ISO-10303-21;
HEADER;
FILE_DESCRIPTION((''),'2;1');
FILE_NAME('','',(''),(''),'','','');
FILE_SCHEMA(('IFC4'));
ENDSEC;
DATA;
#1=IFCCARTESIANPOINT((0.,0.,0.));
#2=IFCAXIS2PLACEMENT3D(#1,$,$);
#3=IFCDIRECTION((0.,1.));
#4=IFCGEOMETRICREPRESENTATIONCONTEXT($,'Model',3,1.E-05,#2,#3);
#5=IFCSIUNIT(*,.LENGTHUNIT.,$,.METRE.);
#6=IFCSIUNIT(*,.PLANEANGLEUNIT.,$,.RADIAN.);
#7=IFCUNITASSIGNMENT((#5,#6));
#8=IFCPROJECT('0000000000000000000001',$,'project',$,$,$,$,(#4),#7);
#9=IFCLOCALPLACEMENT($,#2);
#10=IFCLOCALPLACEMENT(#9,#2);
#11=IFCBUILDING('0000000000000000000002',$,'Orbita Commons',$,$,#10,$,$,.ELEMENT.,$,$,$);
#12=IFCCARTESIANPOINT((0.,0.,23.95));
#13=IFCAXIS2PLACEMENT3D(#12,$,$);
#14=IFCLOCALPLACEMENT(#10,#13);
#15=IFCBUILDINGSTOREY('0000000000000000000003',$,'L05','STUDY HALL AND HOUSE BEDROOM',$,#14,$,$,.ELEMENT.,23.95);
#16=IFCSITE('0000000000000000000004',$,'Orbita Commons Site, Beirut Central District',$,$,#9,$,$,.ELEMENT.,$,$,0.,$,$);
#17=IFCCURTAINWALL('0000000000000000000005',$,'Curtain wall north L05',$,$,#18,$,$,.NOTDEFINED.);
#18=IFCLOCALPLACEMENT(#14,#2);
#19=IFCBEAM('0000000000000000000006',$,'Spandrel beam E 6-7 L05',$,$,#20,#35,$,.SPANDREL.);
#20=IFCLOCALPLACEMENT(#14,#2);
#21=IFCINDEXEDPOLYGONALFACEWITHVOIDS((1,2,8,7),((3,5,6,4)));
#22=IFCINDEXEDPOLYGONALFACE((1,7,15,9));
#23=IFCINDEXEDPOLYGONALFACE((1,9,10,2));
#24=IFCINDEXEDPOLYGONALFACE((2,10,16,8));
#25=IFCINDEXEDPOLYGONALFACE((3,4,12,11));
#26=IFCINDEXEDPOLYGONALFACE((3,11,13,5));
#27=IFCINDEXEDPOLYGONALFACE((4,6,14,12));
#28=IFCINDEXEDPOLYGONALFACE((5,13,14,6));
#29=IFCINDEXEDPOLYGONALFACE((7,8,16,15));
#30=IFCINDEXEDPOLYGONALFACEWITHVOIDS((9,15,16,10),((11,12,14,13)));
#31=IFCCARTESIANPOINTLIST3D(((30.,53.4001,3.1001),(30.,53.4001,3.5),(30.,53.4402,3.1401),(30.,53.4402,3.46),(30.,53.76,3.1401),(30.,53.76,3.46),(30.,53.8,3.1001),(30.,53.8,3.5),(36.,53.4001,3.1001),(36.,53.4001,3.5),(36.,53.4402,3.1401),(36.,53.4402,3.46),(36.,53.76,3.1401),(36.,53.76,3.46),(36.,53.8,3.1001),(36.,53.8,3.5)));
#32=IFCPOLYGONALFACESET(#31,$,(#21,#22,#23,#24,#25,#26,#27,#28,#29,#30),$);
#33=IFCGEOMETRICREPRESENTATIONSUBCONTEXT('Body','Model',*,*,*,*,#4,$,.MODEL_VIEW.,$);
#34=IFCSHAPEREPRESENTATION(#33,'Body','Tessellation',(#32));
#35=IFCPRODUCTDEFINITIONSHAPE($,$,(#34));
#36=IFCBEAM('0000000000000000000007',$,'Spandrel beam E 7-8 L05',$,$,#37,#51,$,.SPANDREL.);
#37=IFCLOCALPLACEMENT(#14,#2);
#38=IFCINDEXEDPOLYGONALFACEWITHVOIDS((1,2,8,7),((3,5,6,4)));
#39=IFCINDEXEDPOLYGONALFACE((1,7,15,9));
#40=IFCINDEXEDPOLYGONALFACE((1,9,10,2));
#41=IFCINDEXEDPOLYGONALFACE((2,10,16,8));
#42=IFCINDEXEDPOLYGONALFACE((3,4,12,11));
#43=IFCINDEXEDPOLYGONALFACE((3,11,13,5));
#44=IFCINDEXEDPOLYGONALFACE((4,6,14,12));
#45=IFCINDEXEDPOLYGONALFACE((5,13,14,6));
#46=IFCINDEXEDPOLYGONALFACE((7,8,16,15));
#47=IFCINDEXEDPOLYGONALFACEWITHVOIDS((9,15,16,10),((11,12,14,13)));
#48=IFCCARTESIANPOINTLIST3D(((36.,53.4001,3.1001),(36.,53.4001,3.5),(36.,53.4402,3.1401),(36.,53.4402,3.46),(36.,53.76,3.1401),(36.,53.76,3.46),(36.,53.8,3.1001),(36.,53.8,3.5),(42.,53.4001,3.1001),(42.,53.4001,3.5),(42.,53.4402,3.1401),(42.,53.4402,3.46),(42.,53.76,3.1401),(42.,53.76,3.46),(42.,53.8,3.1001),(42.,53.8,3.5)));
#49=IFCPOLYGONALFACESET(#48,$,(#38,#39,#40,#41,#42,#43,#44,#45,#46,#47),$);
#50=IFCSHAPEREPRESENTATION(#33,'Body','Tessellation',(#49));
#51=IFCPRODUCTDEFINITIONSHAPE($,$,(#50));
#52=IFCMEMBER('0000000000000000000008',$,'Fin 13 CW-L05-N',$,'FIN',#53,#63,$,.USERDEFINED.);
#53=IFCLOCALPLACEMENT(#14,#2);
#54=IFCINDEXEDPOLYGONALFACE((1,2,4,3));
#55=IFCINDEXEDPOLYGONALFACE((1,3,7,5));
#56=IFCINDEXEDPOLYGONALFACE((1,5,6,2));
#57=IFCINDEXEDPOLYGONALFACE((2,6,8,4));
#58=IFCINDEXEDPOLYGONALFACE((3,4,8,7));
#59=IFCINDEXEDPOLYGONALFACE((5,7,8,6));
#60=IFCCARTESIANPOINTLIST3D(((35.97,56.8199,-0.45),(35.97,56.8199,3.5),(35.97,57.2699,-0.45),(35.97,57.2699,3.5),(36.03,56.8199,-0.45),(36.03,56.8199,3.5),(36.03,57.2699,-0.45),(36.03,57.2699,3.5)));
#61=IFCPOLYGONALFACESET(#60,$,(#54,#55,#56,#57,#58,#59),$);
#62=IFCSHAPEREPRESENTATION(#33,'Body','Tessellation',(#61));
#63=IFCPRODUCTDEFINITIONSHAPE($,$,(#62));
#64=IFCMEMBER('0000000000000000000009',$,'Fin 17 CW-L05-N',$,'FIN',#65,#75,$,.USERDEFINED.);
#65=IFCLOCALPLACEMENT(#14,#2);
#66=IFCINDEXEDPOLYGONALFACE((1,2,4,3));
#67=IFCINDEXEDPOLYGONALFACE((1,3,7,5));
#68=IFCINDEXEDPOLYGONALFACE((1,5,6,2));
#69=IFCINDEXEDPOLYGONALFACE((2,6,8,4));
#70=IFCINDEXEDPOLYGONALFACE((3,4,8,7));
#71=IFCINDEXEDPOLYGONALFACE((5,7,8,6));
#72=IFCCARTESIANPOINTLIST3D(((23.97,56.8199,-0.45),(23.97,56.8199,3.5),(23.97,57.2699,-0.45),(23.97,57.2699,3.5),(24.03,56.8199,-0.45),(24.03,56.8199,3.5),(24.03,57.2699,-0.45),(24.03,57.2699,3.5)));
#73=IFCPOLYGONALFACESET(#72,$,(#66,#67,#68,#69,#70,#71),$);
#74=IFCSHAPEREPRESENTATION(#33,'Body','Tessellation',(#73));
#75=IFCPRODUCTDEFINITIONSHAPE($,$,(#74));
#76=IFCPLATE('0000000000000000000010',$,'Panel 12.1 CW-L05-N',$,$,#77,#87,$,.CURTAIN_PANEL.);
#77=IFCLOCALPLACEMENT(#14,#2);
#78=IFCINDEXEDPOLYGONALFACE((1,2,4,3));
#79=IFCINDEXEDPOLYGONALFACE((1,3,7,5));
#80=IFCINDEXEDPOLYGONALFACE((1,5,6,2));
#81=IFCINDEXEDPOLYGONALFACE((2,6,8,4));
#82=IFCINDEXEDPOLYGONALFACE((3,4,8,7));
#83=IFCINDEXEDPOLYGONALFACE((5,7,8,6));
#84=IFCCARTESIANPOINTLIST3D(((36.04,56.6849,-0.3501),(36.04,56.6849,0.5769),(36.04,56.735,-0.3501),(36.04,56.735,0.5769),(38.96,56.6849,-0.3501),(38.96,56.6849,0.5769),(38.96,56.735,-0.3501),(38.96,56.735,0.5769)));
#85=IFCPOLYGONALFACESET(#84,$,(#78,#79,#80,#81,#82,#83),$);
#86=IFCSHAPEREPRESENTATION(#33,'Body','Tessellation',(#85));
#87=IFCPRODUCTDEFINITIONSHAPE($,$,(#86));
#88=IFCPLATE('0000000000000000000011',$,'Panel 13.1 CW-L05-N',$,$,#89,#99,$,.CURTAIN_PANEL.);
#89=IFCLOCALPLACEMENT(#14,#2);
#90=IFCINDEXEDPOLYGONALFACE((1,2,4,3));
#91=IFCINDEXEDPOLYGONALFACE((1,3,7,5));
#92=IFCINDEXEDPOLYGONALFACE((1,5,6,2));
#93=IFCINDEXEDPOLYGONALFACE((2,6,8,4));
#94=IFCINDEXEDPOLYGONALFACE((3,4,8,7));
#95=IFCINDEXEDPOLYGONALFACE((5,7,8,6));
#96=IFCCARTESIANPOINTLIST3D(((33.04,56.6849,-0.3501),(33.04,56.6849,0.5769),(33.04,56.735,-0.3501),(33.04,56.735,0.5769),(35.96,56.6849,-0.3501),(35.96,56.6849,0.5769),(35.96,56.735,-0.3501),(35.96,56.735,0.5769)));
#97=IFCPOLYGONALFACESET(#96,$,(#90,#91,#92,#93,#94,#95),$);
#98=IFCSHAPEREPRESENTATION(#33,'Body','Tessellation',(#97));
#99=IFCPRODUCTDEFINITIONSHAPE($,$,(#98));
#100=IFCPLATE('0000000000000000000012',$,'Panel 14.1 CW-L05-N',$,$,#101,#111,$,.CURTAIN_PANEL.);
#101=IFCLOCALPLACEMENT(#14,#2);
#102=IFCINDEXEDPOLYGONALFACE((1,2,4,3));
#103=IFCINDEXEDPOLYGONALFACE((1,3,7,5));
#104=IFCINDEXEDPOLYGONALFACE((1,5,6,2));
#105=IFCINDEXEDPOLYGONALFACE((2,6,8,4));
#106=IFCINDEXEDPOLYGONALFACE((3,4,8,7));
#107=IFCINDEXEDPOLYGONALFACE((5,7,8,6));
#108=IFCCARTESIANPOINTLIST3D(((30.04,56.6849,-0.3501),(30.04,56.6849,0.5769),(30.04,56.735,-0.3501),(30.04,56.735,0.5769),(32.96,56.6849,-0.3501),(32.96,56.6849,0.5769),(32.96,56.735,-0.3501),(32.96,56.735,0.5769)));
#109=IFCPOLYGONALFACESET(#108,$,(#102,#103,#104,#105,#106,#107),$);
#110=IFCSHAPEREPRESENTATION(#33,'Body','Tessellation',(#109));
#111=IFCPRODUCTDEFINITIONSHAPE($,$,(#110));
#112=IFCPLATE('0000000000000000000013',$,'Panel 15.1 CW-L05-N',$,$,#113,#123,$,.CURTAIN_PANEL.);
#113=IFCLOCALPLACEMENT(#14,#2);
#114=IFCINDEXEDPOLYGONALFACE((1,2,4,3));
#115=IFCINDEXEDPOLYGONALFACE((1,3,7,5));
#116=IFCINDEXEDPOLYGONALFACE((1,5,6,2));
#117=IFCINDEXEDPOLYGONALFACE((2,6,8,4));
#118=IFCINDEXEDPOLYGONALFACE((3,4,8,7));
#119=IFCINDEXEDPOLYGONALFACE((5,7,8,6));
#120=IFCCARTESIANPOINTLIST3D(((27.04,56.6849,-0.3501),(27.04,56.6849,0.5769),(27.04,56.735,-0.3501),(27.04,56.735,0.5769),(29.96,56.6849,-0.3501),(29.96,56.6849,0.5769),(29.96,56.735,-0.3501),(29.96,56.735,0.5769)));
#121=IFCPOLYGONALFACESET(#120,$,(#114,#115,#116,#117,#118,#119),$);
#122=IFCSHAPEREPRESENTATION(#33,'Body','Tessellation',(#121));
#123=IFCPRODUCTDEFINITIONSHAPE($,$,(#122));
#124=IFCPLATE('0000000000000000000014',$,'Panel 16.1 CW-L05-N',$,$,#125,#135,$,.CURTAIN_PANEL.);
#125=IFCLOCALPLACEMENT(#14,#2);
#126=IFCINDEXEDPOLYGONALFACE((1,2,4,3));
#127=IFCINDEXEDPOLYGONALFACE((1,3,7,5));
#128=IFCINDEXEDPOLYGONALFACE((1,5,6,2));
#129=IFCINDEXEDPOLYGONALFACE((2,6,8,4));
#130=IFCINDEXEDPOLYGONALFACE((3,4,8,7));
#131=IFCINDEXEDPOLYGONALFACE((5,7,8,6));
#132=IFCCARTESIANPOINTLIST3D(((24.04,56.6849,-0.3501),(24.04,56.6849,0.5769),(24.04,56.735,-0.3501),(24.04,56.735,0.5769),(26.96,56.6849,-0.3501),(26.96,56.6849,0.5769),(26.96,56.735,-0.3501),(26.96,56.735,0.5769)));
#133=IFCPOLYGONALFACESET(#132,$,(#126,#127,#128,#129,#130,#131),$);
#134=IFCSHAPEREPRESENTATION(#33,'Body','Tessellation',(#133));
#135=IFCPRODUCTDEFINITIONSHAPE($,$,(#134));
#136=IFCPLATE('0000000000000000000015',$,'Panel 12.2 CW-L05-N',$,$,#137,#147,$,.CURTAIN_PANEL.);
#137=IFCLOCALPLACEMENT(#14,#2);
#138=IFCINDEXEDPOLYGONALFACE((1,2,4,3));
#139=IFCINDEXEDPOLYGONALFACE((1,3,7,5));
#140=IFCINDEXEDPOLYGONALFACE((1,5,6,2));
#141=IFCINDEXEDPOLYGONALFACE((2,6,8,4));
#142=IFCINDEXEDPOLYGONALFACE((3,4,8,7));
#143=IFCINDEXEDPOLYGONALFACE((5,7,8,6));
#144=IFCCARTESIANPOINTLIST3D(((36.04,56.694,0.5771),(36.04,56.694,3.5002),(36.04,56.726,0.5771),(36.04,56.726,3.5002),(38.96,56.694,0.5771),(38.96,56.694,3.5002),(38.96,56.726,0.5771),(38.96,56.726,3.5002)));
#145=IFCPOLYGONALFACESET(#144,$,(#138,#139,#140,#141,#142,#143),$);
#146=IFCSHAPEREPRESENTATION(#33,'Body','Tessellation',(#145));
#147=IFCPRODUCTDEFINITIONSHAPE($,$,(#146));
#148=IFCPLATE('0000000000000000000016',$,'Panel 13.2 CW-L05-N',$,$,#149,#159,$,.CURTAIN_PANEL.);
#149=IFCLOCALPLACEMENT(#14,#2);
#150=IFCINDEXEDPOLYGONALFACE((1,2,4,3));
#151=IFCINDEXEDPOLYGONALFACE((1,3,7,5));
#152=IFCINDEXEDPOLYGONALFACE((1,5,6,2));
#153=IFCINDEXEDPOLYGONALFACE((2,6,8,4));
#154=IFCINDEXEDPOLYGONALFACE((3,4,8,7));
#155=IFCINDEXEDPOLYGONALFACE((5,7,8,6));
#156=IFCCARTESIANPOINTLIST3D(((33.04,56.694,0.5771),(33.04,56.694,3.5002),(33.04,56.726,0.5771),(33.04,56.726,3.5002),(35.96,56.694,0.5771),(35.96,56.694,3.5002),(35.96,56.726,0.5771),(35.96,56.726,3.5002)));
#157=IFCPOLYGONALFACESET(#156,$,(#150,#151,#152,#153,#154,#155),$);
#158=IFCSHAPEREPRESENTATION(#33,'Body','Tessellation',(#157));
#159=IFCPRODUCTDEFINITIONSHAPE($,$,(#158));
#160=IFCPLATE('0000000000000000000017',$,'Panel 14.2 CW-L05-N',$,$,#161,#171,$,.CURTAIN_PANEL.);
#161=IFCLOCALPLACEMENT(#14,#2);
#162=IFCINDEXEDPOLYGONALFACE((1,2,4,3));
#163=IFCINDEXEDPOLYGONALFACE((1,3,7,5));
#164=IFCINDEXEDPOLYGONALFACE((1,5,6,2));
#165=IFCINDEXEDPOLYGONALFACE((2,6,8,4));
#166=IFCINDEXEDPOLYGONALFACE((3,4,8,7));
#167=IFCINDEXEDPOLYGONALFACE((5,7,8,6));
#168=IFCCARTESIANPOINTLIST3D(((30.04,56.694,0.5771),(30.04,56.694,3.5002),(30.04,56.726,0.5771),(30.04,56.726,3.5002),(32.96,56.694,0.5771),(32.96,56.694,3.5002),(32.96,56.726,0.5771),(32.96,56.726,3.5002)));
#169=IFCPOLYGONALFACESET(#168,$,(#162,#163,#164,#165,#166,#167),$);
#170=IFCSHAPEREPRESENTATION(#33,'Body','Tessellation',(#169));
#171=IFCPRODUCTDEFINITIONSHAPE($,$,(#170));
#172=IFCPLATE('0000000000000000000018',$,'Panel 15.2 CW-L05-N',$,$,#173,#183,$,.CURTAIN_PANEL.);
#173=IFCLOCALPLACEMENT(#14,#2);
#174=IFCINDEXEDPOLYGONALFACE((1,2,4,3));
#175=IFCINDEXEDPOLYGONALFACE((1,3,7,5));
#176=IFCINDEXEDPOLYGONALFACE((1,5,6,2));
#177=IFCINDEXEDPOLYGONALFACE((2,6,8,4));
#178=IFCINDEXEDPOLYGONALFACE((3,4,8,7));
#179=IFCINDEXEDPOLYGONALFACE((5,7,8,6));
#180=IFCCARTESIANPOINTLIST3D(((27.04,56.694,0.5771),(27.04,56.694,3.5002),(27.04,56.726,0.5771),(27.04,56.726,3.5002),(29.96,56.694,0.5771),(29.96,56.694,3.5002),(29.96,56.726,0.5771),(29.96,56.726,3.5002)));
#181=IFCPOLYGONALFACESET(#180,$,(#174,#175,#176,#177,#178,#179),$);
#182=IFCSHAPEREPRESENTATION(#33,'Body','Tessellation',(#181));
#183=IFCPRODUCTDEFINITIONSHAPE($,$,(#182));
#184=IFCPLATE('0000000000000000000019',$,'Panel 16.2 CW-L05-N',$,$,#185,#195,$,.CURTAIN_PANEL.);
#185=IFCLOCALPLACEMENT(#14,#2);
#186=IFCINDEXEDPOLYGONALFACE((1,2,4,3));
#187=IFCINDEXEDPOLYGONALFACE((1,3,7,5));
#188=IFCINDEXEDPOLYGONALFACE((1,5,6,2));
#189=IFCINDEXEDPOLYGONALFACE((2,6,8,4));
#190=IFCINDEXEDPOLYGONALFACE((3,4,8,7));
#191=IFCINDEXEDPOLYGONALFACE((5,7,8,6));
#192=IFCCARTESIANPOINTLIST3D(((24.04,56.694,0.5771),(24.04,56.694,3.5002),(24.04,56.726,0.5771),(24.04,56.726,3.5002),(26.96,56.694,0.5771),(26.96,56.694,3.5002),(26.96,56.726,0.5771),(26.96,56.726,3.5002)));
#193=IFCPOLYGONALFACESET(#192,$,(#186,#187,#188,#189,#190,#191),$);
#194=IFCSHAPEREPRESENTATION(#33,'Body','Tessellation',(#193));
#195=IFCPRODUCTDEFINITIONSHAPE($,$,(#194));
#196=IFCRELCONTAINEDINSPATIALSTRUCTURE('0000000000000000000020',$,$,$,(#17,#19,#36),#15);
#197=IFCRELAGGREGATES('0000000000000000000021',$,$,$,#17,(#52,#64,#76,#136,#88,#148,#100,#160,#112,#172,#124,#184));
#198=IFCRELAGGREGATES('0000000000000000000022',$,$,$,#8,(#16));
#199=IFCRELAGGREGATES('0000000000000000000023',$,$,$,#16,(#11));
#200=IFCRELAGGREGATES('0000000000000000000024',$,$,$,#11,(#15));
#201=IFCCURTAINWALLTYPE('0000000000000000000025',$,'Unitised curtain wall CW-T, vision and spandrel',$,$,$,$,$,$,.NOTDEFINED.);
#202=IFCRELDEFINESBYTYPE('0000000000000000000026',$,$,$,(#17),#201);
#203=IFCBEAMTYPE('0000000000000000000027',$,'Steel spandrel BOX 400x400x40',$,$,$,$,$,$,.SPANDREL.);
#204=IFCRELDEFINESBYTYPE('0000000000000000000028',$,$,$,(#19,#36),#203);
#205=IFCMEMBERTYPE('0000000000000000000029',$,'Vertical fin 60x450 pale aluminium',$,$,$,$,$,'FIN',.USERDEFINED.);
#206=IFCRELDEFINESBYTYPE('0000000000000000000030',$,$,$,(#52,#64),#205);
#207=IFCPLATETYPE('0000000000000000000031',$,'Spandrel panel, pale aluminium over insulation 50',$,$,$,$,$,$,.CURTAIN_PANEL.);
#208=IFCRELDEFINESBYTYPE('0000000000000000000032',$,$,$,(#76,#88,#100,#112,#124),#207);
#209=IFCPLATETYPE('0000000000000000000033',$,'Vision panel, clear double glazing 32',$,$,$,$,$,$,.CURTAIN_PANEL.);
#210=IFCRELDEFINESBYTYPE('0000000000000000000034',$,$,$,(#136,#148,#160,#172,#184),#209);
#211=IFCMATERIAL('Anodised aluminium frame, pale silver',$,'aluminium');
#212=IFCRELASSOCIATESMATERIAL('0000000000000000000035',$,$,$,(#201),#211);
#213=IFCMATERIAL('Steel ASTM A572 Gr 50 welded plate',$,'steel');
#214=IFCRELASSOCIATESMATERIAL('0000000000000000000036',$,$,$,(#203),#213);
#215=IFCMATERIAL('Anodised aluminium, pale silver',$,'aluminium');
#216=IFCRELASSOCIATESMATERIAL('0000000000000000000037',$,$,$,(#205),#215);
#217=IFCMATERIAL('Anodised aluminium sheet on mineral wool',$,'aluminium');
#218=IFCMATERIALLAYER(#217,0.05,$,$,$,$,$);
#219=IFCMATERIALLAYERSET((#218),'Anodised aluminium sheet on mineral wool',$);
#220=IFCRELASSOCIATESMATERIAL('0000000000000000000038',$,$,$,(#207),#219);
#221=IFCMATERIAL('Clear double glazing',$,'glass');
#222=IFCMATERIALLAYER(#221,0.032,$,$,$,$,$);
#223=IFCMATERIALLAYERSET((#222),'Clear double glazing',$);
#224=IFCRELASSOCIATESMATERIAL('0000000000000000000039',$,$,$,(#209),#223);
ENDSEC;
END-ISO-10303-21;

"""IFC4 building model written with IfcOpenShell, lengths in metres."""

from ifc_helpers import new_model, si_unit, direction, frame, origin, origin_2d, place, context, subcontext, project, spatial, rectangle, hollow_rectangle, extrude, material, layer, layer_set, material_profile, profile_set, type_object, element, aggregate, save


model = new_model("IFC4")

# Units and contexts
model_context = context("Model", 3, precision=1e-05, world=origin(), true_north=direction((0.0, 1.0)))
body_context = subcontext(model_context, "Body", "Model", "MODEL_VIEW")
ifc_project = project(units=[si_unit("LENGTHUNIT", "METRE"), si_unit("PLANEANGLEUNIT", "RADIAN")], contexts=[model_context])

# Site, building, storey
site_placement = place(None, origin())
site = spatial("IfcSite", under=ifc_project, at=site_placement, Name="Orbita Commons Site, Beirut Central District", CompositionType="ELEMENT", RefElevation=0.0)
building_placement = place(site_placement, origin())
building = spatial("IfcBuilding", under=site, at=building_placement, Name="Orbita Commons", CompositionType="ELEMENT")
storey_placement = place(building_placement, frame((0.0, 0.0, 23.95)))
storey = spatial("IfcBuildingStorey", under=building, at=storey_placement, Name="L05", Description="STUDY HALL AND HOUSE BEDROOM", CompositionType="ELEMENT", Elevation=23.95)

# Curtain wall
ifc_material_1 = material(Name="Anodised aluminium frame, pale silver", Category="aluminium")
curtain_wall_type = type_object("IfcCurtainWallType", Name="Unitised curtain wall CW-T, vision and spandrel", PredefinedType="NOTDEFINED", material=ifc_material_1)
curtain_wall_placement = place(storey_placement, origin())
curtain_wall = element("IfcCurtainWall", 1, at=curtain_wall_placement, inside=storey, type_object=curtain_wall_type, Name="Curtain wall north L05", PredefinedType="NOTDEFINED")

# Beams
ifc_material_2 = material(Name="Steel ASTM A572 Gr 50 welded plate", Category="steel")
ifc_material_profile_1 = material_profile(ifc_material_2, hollow_rectangle(XDim=0.3999, YDim=0.3999, WallThickness=0.04, at=origin_2d()), Name="BOX 400x400x40")
ifc_profile_set_1 = profile_set([ifc_material_profile_1], Name="Steel ASTM A572 Gr 50 welded plate")
beam_type = type_object("IfcBeamType", Name="Steel spandrel BOX 400x400x40", PredefinedType="SPANDREL", material=ifc_profile_set_1)
for number, where, z_axis, x_axis, name in (
    (2, (30.0, 53.6001, 3.3), (1.0, 0.0, 0.0), (0.0, 1.0, 0.0), "Spandrel beam E 6-7 L05"),
    (3, (36.0, 53.6001, 3.3), (1.0, 0.0, 0.0), (0.0, 1.0, 0.0), "Spandrel beam E 7-8 L05"),
):
    element("IfcBeam", number, at=place(storey_placement, frame(where, z_axis=z_axis, x_axis=x_axis)), inside=storey, type_object=beam_type, Name=name, PredefinedType="SPANDREL", context=body_context, shape_type="SweptSolid", body=[
        extrude(hollow_rectangle(XDim=0.3999, YDim=0.3999, WallThickness=0.04, at=origin_2d()), origin(), (0.0, 0.0, 1.0), 6.0),
    ])

# Members
ifc_material_3 = material(Name="Anodised aluminium, pale silver", Category="aluminium")
ifc_material_profile_2 = material_profile(ifc_material_3, rectangle(XDim=0.0601, YDim=0.45, at=origin_2d()), Name="FIN 60x450")
ifc_profile_set_2 = profile_set([ifc_material_profile_2], Name="Anodised aluminium, pale silver")
member_type_1 = type_object("IfcMemberType", Name="Vertical fin 60x450 pale aluminium", ElementType="FIN", PredefinedType="USERDEFINED", material=ifc_profile_set_2)
member_1_placement = place(storey_placement, frame((36.0, 57.0449, -0.45), z_axis=(0.0, 0.0, 1.0), x_axis=(-1.0, 0.0, 0.0)))
member_1 = element("IfcMember", 4, at=member_1_placement, type_object=member_type_1, Name="Fin 13 CW-L05-N", ObjectType="FIN", PredefinedType="USERDEFINED", context=body_context, shape_type="SweptSolid", body=[
    extrude(rectangle(XDim=0.0601, YDim=0.45, at=origin_2d()), origin(), (0.0, 0.0, 1.0), 3.95),
])
member_2_placement = place(storey_placement, frame((24.0, 57.0449, -0.45), z_axis=(0.0, 0.0, 1.0), x_axis=(-1.0, 0.0, 0.0)))
member_2 = element("IfcMember", 5, at=member_2_placement, type_object=member_type_1, Name="Fin 17 CW-L05-N", ObjectType="FIN", PredefinedType="USERDEFINED", context=body_context, shape_type="SweptSolid", body=[
    extrude(rectangle(XDim=0.0601, YDim=0.45, at=origin_2d()), origin(), (0.0, 0.0, 1.0), 3.95),
])

# Plates
ifc_material_4 = material(Name="Anodised aluminium sheet on mineral wool", Category="aluminium")
ifc_layer_1 = layer(ifc_material_4, 0.05)
ifc_layer_set_1 = layer_set([ifc_layer_1], Name="Anodised aluminium sheet on mineral wool")
plate_type_1 = type_object("IfcPlateType", Name="Spandrel panel, pale aluminium over insulation 50", PredefinedType="CURTAIN_PANEL", material=ifc_layer_set_1)
plate_1_placement = place(storey_placement, frame((37.5, 56.71, -0.3501), z_axis=(0.0, 0.0, 1.0), x_axis=(-1.0, 0.0, 0.0)))
plate_1 = element("IfcPlate", 6, at=plate_1_placement, type_object=plate_type_1, Name="Panel 12.1 CW-L05-N", PredefinedType="CURTAIN_PANEL", context=body_context, shape_type="SweptSolid", body=[
    extrude(rectangle(XDim=2.9199, YDim=0.05, at=origin_2d()), origin(), (0.0, 0.0, 1.0), 0.927),
])
plate_2_placement = place(storey_placement, frame((34.5, 56.71, -0.3501), z_axis=(0.0, 0.0, 1.0), x_axis=(-1.0, 0.0, 0.0)))
plate_2 = element("IfcPlate", 7, at=plate_2_placement, type_object=plate_type_1, Name="Panel 13.1 CW-L05-N", PredefinedType="CURTAIN_PANEL", context=body_context, shape_type="SweptSolid", body=[
    extrude(rectangle(XDim=2.9199, YDim=0.05, at=origin_2d()), origin(), (0.0, 0.0, 1.0), 0.927),
])
plate_3_placement = place(storey_placement, frame((31.5, 56.71, -0.3501), z_axis=(0.0, 0.0, 1.0), x_axis=(-1.0, 0.0, 0.0)))
plate_3 = element("IfcPlate", 8, at=plate_3_placement, type_object=plate_type_1, Name="Panel 14.1 CW-L05-N", PredefinedType="CURTAIN_PANEL", context=body_context, shape_type="SweptSolid", body=[
    extrude(rectangle(XDim=2.9199, YDim=0.05, at=origin_2d()), origin(), (0.0, 0.0, 1.0), 0.927),
])
plate_4_placement = place(storey_placement, frame((28.5, 56.71, -0.3501), z_axis=(0.0, 0.0, 1.0), x_axis=(-1.0, 0.0, 0.0)))
plate_4 = element("IfcPlate", 9, at=plate_4_placement, type_object=plate_type_1, Name="Panel 15.1 CW-L05-N", PredefinedType="CURTAIN_PANEL", context=body_context, shape_type="SweptSolid", body=[
    extrude(rectangle(XDim=2.9199, YDim=0.05, at=origin_2d()), origin(), (0.0, 0.0, 1.0), 0.927),
])
plate_5_placement = place(storey_placement, frame((25.5, 56.71, -0.3501), z_axis=(0.0, 0.0, 1.0), x_axis=(-1.0, 0.0, 0.0)))
plate_5 = element("IfcPlate", 10, at=plate_5_placement, type_object=plate_type_1, Name="Panel 16.1 CW-L05-N", PredefinedType="CURTAIN_PANEL", context=body_context, shape_type="SweptSolid", body=[
    extrude(rectangle(XDim=2.9199, YDim=0.05, at=origin_2d()), origin(), (0.0, 0.0, 1.0), 0.927),
])
ifc_material_5 = material(Name="Clear double glazing", Category="glass")
ifc_layer_2 = layer(ifc_material_5, 0.032)
ifc_layer_set_2 = layer_set([ifc_layer_2], Name="Clear double glazing")
plate_type_2 = type_object("IfcPlateType", Name="Vision panel, clear double glazing 32", PredefinedType="CURTAIN_PANEL", material=ifc_layer_set_2)
plate_6_placement = place(storey_placement, frame((37.5, 56.71, 0.5771), z_axis=(0.0, 0.0, 1.0), x_axis=(-1.0, 0.0, 0.0)))
plate_6 = element("IfcPlate", 11, at=plate_6_placement, type_object=plate_type_2, Name="Panel 12.2 CW-L05-N", PredefinedType="CURTAIN_PANEL", context=body_context, shape_type="SweptSolid", body=[
    extrude(rectangle(XDim=2.9199, YDim=0.032, at=origin_2d()), origin(), (0.0, 0.0, 1.0), 2.9231),
])
plate_7_placement = place(storey_placement, frame((34.5, 56.71, 0.5771), z_axis=(0.0, 0.0, 1.0), x_axis=(-1.0, 0.0, 0.0)))
plate_7 = element("IfcPlate", 12, at=plate_7_placement, type_object=plate_type_2, Name="Panel 13.2 CW-L05-N", PredefinedType="CURTAIN_PANEL", context=body_context, shape_type="SweptSolid", body=[
    extrude(rectangle(XDim=2.9199, YDim=0.032, at=origin_2d()), origin(), (0.0, 0.0, 1.0), 2.9231),
])
plate_8_placement = place(storey_placement, frame((31.5, 56.71, 0.5771), z_axis=(0.0, 0.0, 1.0), x_axis=(-1.0, 0.0, 0.0)))
plate_8 = element("IfcPlate", 13, at=plate_8_placement, type_object=plate_type_2, Name="Panel 14.2 CW-L05-N", PredefinedType="CURTAIN_PANEL", context=body_context, shape_type="SweptSolid", body=[
    extrude(rectangle(XDim=2.9199, YDim=0.032, at=origin_2d()), origin(), (0.0, 0.0, 1.0), 2.9231),
])
plate_9_placement = place(storey_placement, frame((28.5, 56.71, 0.5771), z_axis=(0.0, 0.0, 1.0), x_axis=(-1.0, 0.0, 0.0)))
plate_9 = element("IfcPlate", 14, at=plate_9_placement, type_object=plate_type_2, Name="Panel 15.2 CW-L05-N", PredefinedType="CURTAIN_PANEL", context=body_context, shape_type="SweptSolid", body=[
    extrude(rectangle(XDim=2.9199, YDim=0.032, at=origin_2d()), origin(), (0.0, 0.0, 1.0), 2.9231),
])
plate_10_placement = place(storey_placement, frame((25.5, 56.71, 0.5771), z_axis=(0.0, 0.0, 1.0), x_axis=(-1.0, 0.0, 0.0)))
plate_10 = element("IfcPlate", 15, at=plate_10_placement, type_object=plate_type_2, Name="Panel 16.2 CW-L05-N", PredefinedType="CURTAIN_PANEL", context=body_context, shape_type="SweptSolid", body=[
    extrude(rectangle(XDim=2.9199, YDim=0.032, at=origin_2d()), origin(), (0.0, 0.0, 1.0), 2.9231),
])
aggregate(curtain_wall, [member_1, member_2, plate_1, plate_6, plate_2, plate_7, plate_3, plate_8, plate_4, plate_9, plate_5, plate_10])

save(model, "model.ifc")
